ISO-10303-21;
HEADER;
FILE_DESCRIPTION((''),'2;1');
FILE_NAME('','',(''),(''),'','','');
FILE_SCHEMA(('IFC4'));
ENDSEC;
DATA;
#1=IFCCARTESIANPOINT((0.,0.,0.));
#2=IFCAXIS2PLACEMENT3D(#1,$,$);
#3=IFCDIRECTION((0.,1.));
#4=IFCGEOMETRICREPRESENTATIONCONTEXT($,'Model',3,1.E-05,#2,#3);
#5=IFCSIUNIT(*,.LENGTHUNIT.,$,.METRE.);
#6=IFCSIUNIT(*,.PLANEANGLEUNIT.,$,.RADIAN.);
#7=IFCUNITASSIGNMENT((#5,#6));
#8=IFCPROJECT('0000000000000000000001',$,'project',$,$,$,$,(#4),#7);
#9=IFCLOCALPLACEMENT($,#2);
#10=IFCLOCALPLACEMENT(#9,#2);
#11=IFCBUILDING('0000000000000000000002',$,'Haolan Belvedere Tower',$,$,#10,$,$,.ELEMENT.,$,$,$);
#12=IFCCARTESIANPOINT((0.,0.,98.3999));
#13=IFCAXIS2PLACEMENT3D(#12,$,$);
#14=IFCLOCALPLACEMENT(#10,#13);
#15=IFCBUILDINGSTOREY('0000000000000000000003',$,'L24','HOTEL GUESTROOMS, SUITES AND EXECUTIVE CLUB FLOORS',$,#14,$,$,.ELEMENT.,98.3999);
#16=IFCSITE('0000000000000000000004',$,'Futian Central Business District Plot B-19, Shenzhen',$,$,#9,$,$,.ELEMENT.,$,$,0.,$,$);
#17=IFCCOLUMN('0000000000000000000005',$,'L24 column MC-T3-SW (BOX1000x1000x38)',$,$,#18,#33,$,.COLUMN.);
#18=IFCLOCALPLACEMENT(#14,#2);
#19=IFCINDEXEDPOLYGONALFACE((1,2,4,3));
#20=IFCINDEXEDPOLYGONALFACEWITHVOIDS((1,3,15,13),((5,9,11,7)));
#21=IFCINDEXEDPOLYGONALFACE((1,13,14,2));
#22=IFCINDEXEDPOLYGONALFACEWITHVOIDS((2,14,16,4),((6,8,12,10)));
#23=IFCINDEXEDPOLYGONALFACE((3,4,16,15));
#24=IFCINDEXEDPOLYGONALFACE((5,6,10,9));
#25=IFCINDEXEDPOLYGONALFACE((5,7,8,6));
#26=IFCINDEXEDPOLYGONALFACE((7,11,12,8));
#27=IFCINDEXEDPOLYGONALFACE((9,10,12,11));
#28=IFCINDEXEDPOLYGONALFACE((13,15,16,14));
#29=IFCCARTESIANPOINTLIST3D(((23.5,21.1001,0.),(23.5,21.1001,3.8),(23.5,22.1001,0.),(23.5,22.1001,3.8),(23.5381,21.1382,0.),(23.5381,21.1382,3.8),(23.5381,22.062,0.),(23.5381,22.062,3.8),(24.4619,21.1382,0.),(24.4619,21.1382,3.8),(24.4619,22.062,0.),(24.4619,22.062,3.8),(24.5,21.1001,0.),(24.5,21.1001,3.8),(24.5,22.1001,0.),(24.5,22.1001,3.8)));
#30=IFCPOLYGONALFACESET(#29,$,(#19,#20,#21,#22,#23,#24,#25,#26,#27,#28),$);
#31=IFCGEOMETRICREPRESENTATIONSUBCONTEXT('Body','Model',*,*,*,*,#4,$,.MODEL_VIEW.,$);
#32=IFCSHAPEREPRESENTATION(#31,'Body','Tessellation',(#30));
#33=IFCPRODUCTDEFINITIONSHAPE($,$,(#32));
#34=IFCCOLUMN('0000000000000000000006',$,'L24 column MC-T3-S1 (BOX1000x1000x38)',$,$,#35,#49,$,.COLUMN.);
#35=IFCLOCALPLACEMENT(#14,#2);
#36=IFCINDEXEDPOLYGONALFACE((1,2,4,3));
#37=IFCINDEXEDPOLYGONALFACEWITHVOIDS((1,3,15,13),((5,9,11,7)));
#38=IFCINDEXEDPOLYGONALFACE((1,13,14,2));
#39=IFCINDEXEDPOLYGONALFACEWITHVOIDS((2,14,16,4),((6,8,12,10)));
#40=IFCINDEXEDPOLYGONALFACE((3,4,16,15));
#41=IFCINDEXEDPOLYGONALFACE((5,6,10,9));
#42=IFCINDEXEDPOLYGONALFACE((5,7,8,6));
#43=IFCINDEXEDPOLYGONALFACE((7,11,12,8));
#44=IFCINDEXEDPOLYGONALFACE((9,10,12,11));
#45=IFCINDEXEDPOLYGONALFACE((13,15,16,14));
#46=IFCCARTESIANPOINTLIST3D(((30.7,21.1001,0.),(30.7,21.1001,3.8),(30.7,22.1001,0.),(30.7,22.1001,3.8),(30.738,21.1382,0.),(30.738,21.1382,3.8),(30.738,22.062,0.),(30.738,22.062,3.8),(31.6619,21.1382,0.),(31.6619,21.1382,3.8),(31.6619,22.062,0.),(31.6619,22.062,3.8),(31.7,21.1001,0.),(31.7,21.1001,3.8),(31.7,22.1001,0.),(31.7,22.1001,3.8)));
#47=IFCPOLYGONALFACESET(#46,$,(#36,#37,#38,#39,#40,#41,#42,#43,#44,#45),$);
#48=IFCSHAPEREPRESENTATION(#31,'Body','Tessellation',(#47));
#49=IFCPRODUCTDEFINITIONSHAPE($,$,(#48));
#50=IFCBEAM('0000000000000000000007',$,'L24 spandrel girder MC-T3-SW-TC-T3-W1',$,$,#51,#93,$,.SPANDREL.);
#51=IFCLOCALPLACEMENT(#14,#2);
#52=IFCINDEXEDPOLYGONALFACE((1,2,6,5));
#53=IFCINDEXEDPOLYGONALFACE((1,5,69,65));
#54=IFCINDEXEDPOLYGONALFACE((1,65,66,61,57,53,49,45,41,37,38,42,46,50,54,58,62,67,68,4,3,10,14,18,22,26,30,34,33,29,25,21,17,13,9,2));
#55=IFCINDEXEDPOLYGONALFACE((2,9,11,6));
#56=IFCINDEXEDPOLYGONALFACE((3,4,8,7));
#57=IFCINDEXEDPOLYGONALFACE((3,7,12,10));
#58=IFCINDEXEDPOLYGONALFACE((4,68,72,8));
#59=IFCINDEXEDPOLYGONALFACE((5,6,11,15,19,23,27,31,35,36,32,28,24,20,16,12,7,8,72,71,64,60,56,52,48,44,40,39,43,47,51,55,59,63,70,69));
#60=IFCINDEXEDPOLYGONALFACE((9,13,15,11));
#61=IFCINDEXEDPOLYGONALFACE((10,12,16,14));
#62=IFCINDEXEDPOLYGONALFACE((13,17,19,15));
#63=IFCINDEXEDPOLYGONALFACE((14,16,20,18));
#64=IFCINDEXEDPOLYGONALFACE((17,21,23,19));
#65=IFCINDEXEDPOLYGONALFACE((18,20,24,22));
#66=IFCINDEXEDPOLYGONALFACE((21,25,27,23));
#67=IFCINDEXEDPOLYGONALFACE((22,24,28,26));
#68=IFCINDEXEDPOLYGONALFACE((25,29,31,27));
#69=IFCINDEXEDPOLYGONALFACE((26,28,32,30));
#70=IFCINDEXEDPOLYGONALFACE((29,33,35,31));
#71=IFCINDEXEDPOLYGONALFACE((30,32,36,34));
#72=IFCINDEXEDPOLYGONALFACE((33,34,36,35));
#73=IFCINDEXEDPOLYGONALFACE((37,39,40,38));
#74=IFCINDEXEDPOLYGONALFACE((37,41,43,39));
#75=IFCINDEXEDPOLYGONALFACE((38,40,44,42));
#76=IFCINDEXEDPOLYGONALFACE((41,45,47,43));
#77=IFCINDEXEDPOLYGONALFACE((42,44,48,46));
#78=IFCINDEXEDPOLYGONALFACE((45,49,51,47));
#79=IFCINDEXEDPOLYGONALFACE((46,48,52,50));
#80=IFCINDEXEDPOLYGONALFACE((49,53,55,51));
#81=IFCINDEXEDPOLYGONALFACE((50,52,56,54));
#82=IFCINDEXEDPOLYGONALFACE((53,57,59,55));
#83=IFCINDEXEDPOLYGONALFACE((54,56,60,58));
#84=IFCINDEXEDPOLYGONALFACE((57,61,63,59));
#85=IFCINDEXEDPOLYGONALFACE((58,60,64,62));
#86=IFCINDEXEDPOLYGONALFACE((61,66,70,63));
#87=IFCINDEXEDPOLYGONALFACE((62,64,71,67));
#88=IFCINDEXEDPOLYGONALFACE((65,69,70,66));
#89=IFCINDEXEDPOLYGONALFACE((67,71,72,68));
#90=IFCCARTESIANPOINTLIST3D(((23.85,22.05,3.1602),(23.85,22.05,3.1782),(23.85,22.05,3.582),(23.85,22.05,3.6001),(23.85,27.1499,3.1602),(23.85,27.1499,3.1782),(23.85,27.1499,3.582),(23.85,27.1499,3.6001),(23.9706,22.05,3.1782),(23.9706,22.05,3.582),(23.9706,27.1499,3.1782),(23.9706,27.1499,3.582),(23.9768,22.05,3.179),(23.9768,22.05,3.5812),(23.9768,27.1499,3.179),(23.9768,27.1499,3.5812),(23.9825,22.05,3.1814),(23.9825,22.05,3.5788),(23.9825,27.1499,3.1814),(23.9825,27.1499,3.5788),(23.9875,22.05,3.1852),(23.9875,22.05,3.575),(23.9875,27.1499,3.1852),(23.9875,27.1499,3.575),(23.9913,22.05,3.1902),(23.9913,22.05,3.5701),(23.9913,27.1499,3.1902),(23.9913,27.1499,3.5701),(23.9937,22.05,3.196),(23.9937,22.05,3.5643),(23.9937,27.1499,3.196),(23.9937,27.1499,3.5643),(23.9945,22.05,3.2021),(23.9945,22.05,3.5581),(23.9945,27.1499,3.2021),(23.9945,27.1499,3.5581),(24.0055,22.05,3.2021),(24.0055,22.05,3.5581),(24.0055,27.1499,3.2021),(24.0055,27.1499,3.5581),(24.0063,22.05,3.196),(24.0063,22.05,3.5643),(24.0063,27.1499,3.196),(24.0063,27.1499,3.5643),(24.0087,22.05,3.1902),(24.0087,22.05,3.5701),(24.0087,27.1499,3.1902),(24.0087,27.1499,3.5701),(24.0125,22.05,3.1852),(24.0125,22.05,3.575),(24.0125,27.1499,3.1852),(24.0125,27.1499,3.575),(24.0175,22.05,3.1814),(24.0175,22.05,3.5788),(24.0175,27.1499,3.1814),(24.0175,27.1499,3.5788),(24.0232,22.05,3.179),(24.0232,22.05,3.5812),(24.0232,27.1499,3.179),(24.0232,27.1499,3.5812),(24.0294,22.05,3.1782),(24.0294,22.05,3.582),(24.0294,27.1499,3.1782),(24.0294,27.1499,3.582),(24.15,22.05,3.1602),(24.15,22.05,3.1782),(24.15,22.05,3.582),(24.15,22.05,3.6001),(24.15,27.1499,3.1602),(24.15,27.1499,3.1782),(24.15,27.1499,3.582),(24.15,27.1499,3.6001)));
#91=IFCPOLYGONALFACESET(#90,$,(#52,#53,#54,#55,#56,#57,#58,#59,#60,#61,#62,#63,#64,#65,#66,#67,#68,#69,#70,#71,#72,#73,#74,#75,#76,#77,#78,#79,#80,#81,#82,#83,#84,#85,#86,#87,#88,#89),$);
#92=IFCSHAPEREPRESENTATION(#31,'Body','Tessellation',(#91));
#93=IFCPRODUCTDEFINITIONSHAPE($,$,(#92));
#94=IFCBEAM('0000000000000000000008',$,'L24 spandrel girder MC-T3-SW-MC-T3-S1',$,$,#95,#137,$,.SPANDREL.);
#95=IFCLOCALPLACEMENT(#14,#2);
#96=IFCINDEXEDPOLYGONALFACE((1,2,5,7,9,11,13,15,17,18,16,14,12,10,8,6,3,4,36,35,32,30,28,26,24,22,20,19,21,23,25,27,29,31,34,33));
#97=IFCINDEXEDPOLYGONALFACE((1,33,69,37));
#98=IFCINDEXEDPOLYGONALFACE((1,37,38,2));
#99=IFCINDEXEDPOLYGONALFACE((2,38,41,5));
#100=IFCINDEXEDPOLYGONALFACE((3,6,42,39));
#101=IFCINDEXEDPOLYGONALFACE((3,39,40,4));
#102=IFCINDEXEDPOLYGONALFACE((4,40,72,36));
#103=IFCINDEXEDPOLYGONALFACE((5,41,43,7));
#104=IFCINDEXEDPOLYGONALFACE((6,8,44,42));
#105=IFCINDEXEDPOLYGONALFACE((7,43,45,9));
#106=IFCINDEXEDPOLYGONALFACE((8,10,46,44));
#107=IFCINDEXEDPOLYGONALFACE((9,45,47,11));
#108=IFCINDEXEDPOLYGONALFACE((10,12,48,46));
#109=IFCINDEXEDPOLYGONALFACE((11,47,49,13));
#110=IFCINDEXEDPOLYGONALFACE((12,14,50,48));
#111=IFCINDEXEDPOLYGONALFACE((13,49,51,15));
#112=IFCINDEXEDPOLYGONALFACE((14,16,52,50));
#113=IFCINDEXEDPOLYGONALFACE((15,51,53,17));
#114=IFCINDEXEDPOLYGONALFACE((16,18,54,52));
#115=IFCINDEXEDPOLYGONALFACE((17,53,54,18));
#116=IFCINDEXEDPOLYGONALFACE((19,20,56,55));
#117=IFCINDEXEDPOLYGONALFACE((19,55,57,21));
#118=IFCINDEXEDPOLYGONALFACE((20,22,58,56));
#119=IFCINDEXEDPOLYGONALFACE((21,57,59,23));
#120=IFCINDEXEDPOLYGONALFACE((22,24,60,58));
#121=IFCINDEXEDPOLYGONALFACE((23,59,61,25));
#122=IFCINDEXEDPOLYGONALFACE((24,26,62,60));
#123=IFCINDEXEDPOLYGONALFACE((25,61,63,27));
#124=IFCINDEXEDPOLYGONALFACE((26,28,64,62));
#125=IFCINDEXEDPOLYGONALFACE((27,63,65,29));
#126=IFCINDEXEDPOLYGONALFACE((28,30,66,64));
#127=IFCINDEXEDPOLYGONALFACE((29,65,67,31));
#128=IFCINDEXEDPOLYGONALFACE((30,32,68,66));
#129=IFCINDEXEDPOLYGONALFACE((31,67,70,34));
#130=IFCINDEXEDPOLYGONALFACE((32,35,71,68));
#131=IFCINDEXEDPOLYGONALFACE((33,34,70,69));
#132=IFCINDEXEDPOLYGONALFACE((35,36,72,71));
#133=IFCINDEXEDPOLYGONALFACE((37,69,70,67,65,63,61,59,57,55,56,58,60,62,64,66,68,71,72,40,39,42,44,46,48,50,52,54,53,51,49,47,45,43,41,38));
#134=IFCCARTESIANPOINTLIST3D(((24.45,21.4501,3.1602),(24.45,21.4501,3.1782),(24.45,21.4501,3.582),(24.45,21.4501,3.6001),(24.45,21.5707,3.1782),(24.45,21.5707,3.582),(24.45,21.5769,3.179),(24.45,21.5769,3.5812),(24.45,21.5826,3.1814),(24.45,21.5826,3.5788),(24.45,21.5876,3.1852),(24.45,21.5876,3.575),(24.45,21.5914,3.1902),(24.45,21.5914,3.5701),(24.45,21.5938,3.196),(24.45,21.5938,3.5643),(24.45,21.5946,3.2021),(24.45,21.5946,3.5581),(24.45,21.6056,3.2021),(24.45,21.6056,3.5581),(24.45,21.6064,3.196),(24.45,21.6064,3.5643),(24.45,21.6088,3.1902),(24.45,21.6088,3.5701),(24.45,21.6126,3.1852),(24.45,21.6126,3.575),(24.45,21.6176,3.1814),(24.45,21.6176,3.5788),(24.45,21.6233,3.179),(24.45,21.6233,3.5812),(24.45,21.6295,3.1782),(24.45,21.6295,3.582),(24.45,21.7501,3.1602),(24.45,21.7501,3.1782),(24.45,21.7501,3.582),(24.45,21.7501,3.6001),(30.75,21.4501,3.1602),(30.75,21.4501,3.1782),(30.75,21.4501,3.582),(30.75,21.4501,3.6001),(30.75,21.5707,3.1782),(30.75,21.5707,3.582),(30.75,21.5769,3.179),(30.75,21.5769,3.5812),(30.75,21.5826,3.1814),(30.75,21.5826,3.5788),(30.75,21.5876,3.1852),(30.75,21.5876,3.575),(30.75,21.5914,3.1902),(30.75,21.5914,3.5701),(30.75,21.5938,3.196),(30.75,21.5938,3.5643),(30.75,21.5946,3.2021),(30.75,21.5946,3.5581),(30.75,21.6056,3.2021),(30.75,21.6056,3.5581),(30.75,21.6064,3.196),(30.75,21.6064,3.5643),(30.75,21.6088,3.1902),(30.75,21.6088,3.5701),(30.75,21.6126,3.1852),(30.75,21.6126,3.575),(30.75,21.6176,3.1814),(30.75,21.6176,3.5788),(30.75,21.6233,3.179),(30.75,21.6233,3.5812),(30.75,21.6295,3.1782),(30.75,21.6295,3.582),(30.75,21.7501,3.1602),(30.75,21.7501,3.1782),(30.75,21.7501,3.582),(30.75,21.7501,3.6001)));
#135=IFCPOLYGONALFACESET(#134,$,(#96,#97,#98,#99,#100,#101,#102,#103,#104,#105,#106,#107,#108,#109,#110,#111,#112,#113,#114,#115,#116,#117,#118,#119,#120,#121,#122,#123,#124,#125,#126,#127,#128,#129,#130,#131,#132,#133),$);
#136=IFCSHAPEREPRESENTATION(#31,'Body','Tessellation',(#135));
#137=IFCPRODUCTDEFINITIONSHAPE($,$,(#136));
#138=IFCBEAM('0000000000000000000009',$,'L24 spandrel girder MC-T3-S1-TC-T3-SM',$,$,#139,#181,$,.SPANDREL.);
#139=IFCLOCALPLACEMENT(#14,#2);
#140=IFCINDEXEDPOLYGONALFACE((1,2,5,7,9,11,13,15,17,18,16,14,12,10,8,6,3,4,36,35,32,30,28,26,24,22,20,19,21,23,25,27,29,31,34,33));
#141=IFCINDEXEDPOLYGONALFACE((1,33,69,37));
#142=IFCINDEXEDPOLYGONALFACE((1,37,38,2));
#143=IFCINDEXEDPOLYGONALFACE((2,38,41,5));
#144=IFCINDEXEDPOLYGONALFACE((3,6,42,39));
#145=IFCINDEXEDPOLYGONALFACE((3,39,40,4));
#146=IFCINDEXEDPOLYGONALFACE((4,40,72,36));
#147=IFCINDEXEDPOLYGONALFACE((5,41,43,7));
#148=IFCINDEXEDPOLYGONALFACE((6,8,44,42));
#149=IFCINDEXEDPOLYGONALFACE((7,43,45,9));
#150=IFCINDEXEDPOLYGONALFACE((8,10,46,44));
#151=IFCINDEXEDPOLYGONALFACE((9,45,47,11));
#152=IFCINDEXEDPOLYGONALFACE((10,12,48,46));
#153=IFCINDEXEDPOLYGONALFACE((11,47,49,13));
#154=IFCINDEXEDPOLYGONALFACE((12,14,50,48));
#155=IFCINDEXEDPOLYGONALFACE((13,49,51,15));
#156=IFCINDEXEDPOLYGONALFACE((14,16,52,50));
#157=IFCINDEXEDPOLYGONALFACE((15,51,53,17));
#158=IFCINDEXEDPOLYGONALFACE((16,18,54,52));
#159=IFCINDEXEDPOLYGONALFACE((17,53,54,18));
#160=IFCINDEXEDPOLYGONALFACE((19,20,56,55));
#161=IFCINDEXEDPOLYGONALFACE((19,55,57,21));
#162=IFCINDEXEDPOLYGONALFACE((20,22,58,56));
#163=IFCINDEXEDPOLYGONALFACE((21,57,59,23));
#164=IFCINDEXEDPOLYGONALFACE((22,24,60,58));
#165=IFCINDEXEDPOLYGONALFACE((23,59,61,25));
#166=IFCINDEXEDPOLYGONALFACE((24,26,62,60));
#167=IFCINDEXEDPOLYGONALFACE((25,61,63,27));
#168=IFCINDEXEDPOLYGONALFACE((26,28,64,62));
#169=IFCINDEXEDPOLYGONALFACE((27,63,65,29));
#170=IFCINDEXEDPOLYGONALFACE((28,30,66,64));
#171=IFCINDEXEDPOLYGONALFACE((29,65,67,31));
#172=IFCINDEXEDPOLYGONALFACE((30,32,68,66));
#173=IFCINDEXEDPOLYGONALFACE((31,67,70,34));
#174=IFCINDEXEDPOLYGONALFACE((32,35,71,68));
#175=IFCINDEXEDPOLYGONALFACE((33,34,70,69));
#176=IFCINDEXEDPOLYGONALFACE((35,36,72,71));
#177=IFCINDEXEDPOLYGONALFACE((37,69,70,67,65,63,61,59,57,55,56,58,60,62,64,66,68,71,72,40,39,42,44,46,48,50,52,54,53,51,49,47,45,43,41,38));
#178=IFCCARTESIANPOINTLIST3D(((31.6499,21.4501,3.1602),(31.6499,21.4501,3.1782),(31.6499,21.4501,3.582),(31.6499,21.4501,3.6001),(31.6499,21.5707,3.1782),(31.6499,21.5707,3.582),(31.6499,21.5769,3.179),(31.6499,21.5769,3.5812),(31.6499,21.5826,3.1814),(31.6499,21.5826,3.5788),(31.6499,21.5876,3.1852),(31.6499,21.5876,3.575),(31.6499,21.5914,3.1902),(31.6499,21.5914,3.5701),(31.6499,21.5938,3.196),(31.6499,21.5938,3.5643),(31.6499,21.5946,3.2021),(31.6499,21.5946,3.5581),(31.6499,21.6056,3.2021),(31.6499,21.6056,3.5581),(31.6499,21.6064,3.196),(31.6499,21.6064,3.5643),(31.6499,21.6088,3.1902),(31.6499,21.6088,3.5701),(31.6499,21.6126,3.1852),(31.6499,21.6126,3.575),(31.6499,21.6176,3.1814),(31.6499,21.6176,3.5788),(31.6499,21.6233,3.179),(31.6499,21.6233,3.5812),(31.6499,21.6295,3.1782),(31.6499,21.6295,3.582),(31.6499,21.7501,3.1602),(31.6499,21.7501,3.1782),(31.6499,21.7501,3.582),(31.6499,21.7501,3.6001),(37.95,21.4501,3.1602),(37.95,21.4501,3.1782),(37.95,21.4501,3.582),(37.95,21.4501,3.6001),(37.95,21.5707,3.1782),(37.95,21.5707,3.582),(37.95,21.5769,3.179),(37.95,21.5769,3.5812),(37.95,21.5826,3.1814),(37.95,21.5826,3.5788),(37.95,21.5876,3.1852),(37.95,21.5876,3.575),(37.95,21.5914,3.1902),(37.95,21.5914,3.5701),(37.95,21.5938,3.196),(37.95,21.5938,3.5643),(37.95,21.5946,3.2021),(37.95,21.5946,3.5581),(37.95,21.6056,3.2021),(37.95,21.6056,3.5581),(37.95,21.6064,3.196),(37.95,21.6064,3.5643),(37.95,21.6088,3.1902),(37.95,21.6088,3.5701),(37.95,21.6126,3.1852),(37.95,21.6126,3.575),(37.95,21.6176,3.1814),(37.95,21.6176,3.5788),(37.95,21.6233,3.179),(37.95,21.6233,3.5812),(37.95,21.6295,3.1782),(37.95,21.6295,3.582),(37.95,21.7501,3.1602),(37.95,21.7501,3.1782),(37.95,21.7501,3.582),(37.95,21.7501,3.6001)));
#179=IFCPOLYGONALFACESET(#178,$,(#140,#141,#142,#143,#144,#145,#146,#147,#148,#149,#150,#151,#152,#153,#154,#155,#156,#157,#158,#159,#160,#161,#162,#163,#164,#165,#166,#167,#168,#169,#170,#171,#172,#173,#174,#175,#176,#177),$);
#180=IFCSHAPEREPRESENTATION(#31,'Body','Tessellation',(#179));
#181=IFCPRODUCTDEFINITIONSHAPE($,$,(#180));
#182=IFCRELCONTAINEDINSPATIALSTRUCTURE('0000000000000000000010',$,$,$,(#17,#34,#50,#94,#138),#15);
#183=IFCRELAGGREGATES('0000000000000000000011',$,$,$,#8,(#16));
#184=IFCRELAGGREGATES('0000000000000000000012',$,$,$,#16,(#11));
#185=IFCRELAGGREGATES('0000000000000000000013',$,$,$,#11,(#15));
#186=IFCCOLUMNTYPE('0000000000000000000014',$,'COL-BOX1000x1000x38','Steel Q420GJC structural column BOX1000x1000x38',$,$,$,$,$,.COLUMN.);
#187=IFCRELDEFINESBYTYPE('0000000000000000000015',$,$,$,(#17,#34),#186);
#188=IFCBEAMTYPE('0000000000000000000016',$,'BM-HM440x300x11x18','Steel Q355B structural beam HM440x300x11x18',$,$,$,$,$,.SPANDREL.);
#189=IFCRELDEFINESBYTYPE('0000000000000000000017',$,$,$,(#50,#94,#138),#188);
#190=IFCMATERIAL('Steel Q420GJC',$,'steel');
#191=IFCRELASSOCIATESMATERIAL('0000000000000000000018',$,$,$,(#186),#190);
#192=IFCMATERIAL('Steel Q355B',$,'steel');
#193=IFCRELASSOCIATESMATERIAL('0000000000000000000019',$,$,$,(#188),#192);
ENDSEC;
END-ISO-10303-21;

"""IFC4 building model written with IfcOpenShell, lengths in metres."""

from ifc_helpers import new_model, si_unit, direction, frame, origin, origin_2d, place, context, subcontext, project, spatial, hollow_rectangle, i_section, extrude, material, material_profile, profile_set, type_object, element, save


model = new_model("IFC4")

# Units and contexts
model_context = context("Model", 3, precision=1e-05, world=origin(), true_north=direction((0.0, 1.0)))
body_context = subcontext(model_context, "Body", "Model", "MODEL_VIEW")
ifc_project = project(units=[si_unit("LENGTHUNIT", "METRE"), si_unit("PLANEANGLEUNIT", "RADIAN")], contexts=[model_context])

# Site, building, storey
site_placement = place(None, origin())
site = spatial("IfcSite", under=ifc_project, at=site_placement, Name="Futian Central Business District Plot B-19, Shenzhen", CompositionType="ELEMENT", RefElevation=0.0)
building_placement = place(site_placement, origin())
building = spatial("IfcBuilding", under=site, at=building_placement, Name="Haolan Belvedere Tower", CompositionType="ELEMENT")
storey_placement = place(building_placement, frame((0.0, 0.0, 98.3999)))
storey = spatial("IfcBuildingStorey", under=building, at=storey_placement, Name="L24", Description="HOTEL GUESTROOMS, SUITES AND EXECUTIVE CLUB FLOORS", CompositionType="ELEMENT", Elevation=98.3999)

# Columns
ifc_material_1 = material(Name="Steel Q420GJC", Category="steel")
ifc_material_profile_1 = material_profile(ifc_material_1, hollow_rectangle(XDim=1.0, YDim=1.0, WallThickness=0.0381, at=origin_2d()), Name="Steel Q420GJC")
ifc_profile_set_1 = profile_set([ifc_material_profile_1], Name="Steel Q420GJC")
column_type = type_object("IfcColumnType", Name="COL-BOX1000x1000x38", Description="Steel Q420GJC structural column BOX1000x1000x38", PredefinedType="COLUMN", material=ifc_profile_set_1)
for number, where, z_axis, x_axis, name in (
    (1, (24.0, 21.6001, 0.0), (0.0, 0.0, 1.0), (1.0, 0.0, 0.0), "L24 column MC-T3-SW (BOX1000x1000x38)"),
    (2, (31.2, 21.6001, 0.0), (0.0, 0.0, 1.0), (1.0, 0.0, 0.0), "L24 column MC-T3-S1 (BOX1000x1000x38)"),
):
    element("IfcColumn", number, at=place(storey_placement, frame(where, z_axis=z_axis, x_axis=x_axis)), inside=storey, type_object=column_type, Name=name, PredefinedType="COLUMN", context=body_context, shape_type="SweptSolid", body=[
        extrude(hollow_rectangle(XDim=1.0, YDim=1.0, WallThickness=0.0381, at=origin_2d()), origin(), (0.0, 0.0, 1.0), 3.8),
    ])

# Beams
ifc_material_2 = material(Name="Steel Q355B", Category="steel")
ifc_material_profile_2 = material_profile(ifc_material_2, i_section(OverallWidth=0.3, OverallDepth=0.4399, WebThickness=0.011, FlangeThickness=0.0181, FilletRadius=0.0239, at=origin_2d()), Name="Steel Q355B")
ifc_profile_set_2 = profile_set([ifc_material_profile_2], Name="Steel Q355B")
beam_type_1 = type_object("IfcBeamType", Name="BM-HM440x300x11x18", Description="Steel Q355B structural beam HM440x300x11x18", PredefinedType="SPANDREL", material=ifc_profile_set_2)
beam_1_placement = place(storey_placement, frame((24.0, 22.05, 3.3801), z_axis=(0.0, 1.0, 0.0), x_axis=(-1.0, 0.0, 0.0)))
element("IfcBeam", 3, at=beam_1_placement, inside=storey, type_object=beam_type_1, Name="L24 spandrel girder MC-T3-SW-TC-T3-W1", PredefinedType="SPANDREL", context=body_context, shape_type="SweptSolid", body=[
    extrude(i_section(OverallWidth=0.3, OverallDepth=0.4399, WebThickness=0.011, FlangeThickness=0.0181, FilletRadius=0.0239, at=origin_2d()), origin(), (0.0, 0.0, 1.0), 5.0999),
])
for number, where, z_axis, x_axis, name in (
    (4, (24.45, 21.6001, 3.3801), (1.0, 0.0, 0.0), (0.0, 1.0, 0.0), "L24 spandrel girder MC-T3-SW-MC-T3-S1"),
    (5, (31.6499, 21.6001, 3.3801), (1.0, 0.0, 0.0), (0.0, 1.0, 0.0), "L24 spandrel girder MC-T3-S1-TC-T3-SM"),
):
    element("IfcBeam", number, at=place(storey_placement, frame(where, z_axis=z_axis, x_axis=x_axis)), inside=storey, type_object=beam_type_1, Name=name, PredefinedType="SPANDREL", context=body_context, shape_type="SweptSolid", body=[
        extrude(i_section(OverallWidth=0.3, OverallDepth=0.4399, WebThickness=0.011, FlangeThickness=0.0181, FilletRadius=0.0239, at=origin_2d()), origin(), (0.0, 0.0, 1.0), 6.3),
    ])

save(model, "model.ifc")
